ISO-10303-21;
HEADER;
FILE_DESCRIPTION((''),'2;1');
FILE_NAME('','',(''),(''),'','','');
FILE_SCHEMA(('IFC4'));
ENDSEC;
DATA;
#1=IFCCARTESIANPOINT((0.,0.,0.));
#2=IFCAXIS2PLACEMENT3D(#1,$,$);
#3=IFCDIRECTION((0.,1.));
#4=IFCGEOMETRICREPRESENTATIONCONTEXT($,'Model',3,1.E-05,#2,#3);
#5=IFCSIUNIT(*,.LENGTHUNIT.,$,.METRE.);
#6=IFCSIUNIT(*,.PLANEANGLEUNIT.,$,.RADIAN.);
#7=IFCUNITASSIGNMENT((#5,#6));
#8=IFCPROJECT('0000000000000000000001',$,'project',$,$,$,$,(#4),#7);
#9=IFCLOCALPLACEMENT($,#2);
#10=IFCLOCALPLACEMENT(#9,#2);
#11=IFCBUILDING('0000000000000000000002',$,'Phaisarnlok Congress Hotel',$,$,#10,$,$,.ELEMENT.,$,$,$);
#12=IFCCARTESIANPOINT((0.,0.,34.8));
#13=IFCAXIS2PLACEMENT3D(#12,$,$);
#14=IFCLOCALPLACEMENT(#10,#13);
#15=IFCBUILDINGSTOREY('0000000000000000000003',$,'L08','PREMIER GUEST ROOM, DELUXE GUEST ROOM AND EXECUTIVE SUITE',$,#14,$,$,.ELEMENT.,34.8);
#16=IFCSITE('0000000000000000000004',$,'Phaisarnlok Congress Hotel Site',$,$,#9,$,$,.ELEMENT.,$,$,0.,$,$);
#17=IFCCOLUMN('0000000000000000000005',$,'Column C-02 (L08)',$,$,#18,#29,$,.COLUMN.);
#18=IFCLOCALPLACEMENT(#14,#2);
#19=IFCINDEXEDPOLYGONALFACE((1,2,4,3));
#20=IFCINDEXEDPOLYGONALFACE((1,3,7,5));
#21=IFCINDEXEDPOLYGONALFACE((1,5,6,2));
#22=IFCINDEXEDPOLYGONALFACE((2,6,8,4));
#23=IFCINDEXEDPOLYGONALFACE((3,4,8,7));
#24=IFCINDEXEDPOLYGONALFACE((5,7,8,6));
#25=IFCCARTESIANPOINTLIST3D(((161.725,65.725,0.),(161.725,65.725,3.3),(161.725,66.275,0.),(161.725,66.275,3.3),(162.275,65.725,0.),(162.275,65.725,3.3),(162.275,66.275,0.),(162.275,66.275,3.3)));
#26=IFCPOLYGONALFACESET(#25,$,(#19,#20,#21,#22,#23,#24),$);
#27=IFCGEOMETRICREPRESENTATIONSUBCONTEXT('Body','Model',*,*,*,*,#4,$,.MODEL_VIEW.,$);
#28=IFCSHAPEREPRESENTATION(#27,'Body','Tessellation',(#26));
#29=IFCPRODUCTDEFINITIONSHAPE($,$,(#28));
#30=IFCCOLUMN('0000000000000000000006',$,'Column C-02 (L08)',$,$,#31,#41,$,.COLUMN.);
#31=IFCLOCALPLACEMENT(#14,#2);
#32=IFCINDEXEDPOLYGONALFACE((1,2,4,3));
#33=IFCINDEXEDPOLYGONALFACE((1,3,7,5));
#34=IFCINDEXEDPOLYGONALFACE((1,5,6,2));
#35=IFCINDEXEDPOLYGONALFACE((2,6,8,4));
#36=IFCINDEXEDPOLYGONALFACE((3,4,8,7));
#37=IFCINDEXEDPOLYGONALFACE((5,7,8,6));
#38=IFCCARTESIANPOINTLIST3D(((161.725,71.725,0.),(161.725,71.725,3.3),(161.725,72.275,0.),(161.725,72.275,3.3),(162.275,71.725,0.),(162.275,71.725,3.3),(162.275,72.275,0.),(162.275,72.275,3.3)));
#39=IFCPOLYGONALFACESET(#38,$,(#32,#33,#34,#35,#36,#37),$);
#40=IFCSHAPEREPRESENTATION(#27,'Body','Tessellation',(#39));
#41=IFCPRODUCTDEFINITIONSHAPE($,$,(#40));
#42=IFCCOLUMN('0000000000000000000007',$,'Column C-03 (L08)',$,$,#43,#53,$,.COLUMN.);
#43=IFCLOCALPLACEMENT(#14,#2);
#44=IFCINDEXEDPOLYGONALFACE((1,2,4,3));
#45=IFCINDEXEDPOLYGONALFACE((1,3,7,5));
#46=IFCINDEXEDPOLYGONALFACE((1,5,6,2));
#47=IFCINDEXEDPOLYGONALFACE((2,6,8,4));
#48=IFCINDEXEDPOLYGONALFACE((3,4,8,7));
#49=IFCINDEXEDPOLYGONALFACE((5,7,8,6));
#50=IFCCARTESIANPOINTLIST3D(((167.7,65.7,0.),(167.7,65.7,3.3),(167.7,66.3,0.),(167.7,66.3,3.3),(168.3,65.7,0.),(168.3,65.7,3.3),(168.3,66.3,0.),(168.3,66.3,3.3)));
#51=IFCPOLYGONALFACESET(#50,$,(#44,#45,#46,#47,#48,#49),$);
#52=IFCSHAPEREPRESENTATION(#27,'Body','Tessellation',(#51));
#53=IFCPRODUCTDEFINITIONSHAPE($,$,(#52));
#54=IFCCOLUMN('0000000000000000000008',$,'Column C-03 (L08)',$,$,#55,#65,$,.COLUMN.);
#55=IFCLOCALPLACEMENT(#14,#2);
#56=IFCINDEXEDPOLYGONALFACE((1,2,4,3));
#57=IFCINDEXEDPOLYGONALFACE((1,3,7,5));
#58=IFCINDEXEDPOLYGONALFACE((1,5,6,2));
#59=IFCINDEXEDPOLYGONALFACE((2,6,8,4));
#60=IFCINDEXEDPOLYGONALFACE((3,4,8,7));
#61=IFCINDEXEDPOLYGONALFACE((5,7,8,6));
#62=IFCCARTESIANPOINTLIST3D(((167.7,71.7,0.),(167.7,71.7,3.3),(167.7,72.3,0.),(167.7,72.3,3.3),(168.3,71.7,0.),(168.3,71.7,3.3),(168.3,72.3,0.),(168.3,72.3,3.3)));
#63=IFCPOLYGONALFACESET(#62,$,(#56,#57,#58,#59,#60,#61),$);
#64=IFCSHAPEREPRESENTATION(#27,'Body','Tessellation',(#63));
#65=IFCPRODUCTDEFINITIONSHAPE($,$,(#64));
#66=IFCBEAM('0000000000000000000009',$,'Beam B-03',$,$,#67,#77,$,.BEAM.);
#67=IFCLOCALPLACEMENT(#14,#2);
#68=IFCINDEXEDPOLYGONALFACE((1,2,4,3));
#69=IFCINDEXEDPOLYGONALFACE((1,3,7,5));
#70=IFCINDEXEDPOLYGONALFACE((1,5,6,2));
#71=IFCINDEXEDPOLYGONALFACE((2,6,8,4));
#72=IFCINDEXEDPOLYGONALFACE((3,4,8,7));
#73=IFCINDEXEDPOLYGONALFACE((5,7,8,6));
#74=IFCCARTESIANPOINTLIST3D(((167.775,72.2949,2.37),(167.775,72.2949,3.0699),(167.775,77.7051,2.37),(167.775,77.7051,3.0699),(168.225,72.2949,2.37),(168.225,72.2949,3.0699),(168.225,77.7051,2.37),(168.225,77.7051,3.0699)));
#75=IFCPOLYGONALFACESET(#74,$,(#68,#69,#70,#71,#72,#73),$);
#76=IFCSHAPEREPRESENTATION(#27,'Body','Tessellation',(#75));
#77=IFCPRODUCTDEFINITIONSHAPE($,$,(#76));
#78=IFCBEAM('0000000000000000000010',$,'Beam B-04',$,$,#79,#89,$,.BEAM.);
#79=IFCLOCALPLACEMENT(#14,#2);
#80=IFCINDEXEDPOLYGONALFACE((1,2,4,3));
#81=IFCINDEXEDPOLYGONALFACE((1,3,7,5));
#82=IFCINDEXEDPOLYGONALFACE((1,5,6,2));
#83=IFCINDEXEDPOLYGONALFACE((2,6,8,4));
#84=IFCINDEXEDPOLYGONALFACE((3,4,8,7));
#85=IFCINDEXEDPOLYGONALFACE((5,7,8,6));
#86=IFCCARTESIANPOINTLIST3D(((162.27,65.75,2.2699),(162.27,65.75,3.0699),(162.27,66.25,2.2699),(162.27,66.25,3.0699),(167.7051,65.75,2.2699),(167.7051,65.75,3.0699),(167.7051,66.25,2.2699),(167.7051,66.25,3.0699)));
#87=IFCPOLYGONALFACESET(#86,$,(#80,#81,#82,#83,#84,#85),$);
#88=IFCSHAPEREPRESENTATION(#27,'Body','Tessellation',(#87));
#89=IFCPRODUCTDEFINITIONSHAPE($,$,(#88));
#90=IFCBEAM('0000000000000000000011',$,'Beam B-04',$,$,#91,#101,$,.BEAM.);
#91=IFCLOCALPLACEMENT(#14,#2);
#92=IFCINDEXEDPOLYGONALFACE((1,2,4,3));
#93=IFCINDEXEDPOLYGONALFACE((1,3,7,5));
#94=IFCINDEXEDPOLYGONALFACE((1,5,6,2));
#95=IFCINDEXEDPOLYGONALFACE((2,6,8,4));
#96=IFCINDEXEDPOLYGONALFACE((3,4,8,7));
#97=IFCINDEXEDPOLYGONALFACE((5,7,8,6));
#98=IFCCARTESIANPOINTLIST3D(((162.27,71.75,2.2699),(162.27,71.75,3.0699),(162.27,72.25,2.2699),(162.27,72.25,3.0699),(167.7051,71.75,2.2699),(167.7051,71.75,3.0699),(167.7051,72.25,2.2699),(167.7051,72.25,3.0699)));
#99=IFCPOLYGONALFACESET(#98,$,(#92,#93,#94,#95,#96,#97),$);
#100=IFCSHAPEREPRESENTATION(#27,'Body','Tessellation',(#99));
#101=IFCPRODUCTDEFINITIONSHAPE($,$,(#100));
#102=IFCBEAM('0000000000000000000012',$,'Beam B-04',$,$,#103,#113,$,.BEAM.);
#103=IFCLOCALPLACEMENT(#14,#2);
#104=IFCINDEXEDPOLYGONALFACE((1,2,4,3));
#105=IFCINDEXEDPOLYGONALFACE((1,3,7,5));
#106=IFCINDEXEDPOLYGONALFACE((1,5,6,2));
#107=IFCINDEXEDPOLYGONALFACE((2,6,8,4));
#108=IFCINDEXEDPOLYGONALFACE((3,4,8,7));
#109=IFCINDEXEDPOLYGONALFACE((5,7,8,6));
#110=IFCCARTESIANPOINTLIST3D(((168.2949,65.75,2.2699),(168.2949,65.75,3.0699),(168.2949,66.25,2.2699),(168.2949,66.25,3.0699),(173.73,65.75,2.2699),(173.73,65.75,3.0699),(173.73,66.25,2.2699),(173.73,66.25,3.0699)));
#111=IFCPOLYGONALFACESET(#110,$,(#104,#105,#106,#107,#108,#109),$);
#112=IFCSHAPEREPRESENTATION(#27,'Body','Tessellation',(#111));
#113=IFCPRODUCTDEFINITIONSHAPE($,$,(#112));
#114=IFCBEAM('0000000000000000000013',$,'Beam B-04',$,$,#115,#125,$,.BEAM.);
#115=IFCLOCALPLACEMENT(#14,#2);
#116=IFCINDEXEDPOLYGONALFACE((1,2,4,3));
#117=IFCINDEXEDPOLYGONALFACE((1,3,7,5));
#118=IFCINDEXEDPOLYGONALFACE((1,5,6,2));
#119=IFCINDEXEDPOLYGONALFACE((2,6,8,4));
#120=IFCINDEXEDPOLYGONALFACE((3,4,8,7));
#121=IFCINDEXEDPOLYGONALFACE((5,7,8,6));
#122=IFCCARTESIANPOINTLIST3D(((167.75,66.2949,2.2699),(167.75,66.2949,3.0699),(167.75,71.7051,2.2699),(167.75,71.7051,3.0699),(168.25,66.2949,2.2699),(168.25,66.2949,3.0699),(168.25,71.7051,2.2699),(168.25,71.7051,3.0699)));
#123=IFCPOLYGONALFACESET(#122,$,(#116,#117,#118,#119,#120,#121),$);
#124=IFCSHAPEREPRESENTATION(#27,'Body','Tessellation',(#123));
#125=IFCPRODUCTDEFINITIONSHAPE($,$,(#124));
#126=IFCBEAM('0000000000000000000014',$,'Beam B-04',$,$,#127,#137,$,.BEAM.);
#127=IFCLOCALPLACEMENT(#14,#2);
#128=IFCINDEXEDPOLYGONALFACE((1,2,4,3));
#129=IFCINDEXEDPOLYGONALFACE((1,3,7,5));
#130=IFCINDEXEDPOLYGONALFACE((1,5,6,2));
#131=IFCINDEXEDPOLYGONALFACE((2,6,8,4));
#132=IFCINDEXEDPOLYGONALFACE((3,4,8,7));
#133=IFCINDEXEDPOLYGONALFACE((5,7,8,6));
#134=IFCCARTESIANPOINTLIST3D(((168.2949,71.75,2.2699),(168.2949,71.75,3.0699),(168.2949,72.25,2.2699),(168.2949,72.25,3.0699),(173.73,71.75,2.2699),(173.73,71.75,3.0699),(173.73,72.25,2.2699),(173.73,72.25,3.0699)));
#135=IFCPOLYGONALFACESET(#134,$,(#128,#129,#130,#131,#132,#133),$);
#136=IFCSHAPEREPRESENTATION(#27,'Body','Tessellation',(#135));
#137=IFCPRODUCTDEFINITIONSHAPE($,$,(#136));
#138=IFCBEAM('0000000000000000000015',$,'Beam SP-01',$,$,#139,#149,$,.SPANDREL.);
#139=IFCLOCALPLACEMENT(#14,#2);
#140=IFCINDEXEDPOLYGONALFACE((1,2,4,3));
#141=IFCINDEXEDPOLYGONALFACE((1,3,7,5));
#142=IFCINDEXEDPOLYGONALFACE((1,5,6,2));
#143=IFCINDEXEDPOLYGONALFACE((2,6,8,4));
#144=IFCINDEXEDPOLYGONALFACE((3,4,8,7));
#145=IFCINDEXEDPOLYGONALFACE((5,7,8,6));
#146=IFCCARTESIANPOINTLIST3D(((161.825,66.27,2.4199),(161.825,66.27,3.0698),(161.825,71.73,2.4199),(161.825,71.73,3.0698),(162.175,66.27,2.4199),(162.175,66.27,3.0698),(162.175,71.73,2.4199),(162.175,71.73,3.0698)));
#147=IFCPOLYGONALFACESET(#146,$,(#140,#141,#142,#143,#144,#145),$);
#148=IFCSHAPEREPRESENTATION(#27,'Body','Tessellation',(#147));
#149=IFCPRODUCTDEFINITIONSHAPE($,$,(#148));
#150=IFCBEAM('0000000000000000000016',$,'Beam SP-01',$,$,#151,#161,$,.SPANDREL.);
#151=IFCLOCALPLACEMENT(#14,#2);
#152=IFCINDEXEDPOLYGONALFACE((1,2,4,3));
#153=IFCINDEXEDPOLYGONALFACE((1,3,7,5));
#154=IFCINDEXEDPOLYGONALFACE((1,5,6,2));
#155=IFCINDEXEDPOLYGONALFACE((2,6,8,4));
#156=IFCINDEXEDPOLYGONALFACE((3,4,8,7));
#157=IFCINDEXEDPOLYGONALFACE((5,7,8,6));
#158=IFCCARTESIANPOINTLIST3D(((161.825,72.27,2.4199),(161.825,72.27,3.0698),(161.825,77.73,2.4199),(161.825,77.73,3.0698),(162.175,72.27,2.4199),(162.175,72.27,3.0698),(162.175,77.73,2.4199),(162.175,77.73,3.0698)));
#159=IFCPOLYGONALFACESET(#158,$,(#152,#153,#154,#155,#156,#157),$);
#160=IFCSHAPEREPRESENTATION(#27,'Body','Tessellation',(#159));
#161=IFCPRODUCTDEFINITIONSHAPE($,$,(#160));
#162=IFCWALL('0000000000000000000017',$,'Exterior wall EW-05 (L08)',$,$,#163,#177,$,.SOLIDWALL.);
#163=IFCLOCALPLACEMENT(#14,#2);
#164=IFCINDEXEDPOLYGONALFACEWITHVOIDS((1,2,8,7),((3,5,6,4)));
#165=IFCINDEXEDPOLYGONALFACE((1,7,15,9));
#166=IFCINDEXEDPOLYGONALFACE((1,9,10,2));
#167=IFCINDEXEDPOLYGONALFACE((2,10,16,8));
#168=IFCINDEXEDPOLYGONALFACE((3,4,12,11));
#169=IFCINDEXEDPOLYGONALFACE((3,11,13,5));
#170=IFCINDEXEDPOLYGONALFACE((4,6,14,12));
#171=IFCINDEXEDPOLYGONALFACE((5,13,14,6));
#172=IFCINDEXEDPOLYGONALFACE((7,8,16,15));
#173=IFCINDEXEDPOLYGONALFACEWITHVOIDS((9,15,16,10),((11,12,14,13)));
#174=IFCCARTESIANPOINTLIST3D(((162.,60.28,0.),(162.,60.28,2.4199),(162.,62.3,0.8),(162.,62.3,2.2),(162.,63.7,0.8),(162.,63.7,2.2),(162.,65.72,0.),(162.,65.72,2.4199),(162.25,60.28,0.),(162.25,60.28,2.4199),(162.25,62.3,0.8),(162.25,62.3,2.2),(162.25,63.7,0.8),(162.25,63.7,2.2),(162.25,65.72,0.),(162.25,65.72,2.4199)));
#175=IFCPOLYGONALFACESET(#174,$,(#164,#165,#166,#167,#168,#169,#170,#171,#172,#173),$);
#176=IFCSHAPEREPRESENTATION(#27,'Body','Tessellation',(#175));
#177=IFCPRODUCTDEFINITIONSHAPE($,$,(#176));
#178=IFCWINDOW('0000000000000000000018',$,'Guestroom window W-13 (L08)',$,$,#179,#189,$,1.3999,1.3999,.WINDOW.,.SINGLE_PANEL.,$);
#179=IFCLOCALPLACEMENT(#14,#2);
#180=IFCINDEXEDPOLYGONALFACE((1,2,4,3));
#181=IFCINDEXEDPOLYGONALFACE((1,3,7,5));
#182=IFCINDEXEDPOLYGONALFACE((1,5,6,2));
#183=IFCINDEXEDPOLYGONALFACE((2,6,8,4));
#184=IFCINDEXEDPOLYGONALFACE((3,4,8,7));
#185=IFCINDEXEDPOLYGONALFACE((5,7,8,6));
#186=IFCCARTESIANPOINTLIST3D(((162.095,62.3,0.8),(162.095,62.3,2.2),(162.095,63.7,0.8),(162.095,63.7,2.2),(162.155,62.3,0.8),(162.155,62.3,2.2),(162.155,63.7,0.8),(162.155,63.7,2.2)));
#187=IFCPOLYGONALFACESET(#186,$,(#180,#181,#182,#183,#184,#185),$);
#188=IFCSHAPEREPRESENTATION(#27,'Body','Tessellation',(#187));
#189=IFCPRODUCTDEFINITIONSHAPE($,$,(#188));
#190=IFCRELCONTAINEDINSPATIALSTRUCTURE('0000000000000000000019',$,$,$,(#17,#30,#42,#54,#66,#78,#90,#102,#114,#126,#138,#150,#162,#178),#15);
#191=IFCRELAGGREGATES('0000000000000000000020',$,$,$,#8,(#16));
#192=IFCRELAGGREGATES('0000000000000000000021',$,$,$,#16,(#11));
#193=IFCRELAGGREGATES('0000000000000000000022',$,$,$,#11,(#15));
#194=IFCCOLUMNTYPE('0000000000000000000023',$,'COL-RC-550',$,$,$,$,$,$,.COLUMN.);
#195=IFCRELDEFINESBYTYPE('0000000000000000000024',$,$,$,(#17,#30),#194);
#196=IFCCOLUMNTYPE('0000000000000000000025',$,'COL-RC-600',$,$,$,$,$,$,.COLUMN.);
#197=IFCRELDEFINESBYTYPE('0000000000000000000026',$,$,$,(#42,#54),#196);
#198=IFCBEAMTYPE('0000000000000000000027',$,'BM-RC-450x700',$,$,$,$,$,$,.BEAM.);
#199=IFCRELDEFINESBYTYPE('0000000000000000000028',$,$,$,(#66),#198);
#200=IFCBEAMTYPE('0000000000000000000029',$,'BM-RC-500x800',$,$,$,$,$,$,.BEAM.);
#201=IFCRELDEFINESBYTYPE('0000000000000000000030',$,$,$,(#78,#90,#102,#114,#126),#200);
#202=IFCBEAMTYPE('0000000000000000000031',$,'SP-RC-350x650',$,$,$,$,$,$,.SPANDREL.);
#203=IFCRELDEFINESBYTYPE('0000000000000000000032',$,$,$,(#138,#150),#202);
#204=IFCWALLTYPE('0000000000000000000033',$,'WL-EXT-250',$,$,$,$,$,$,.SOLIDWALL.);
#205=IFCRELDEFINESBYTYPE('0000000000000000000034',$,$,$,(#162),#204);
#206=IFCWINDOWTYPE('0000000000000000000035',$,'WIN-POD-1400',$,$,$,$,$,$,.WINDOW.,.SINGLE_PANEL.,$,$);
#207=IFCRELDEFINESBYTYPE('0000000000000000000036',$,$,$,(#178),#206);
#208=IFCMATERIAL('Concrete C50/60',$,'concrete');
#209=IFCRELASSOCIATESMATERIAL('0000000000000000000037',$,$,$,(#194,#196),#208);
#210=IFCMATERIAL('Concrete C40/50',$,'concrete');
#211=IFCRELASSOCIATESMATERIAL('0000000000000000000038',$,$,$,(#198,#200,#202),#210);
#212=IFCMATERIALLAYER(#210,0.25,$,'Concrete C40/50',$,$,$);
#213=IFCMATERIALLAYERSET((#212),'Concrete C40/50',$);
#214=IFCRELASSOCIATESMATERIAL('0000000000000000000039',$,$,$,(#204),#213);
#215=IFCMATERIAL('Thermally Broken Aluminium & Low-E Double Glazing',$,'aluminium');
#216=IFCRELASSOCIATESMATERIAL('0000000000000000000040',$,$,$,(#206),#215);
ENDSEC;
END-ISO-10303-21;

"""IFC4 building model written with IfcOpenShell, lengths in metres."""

from ifc_helpers import new_model, si_unit, direction, frame, frame_2d, origin, origin_2d, place, context, subcontext, project, spatial, rectangle, extrude, material, layer, layer_set, material_profile, profile_set, type_object, element, fill, save


model = new_model("IFC4")

# Units and contexts
model_context = context("Model", 3, precision=1e-05, world=origin(), true_north=direction((0.0, 1.0)))
body_context = subcontext(model_context, "Body", "Model", "MODEL_VIEW")
ifc_project = project(units=[si_unit("LENGTHUNIT", "METRE"), si_unit("PLANEANGLEUNIT", "RADIAN")], contexts=[model_context])

# Site, building, storey
site_placement = place(None, origin())
site = spatial("IfcSite", under=ifc_project, at=site_placement, Name="Phaisarnlok Congress Hotel Site", CompositionType="ELEMENT", RefElevation=0.0)
building_placement = place(site_placement, origin())
building = spatial("IfcBuilding", under=site, at=building_placement, Name="Phaisarnlok Congress Hotel", CompositionType="ELEMENT")
storey_placement = place(building_placement, frame((0.0, 0.0, 34.8)))
storey = spatial("IfcBuildingStorey", under=building, at=storey_placement, Name="L08", Description="PREMIER GUEST ROOM, DELUXE GUEST ROOM AND EXECUTIVE SUITE", CompositionType="ELEMENT", Elevation=34.8)

# Columns
ifc_material_1 = material(Name="Concrete C50/60", Category="concrete")
ifc_material_profile_1 = material_profile(ifc_material_1, rectangle(XDim=0.55, YDim=0.55, at=origin_2d()), Name="RC 550x550")
ifc_profile_set_1 = profile_set([ifc_material_profile_1], Name="Concrete C50/60")
column_type_1 = type_object("IfcColumnType", Name="COL-RC-550", PredefinedType="COLUMN", material=ifc_profile_set_1)
for number, where, z_axis, x_axis, name in (
    (1, (162.0, 66.0, 0.0), (0.0, 0.0, 1.0), (1.0, 0.0, 0.0), "Column C-02 (L08)"),
    (2, (162.0, 72.0, 0.0), (0.0, 0.0, 1.0), (1.0, 0.0, 0.0), "Column C-02 (L08)"),
):
    element("IfcColumn", number, at=place(storey_placement, frame(where, z_axis=z_axis, x_axis=x_axis)), inside=storey, type_object=column_type_1, Name=name, PredefinedType="COLUMN", context=body_context, shape_type="SweptSolid", body=[
        extrude(rectangle(XDim=0.55, YDim=0.55, at=origin_2d()), origin(), (0.0, 0.0, 1.0), 3.3),
    ])
ifc_material_profile_2 = material_profile(ifc_material_1, rectangle(XDim=0.6001, YDim=0.6001, at=origin_2d()), Name="RC 600x600")
ifc_profile_set_2 = profile_set([ifc_material_profile_2], Name="Concrete C50/60")
column_type_2 = type_object("IfcColumnType", Name="COL-RC-600", PredefinedType="COLUMN", material=ifc_profile_set_2)
for number, where, z_axis, x_axis, name in (
    (3, (168.0, 66.0, 0.0), (0.0, 0.0, 1.0), (1.0, 0.0, 0.0), "Column C-03 (L08)"),
    (4, (168.0, 72.0, 0.0), (0.0, 0.0, 1.0), (1.0, 0.0, 0.0), "Column C-03 (L08)"),
):
    element("IfcColumn", number, at=place(storey_placement, frame(where, z_axis=z_axis, x_axis=x_axis)), inside=storey, type_object=column_type_2, Name=name, PredefinedType="COLUMN", context=body_context, shape_type="SweptSolid", body=[
        extrude(rectangle(XDim=0.6001, YDim=0.6001, at=origin_2d()), origin(), (0.0, 0.0, 1.0), 3.3),
    ])

# Beams
ifc_material_2 = material(Name="Concrete C40/50", Category="concrete")
ifc_material_profile_3 = material_profile(ifc_material_2, rectangle(XDim=0.45, YDim=0.7, at=origin_2d()), Name="RC 450x700")
ifc_profile_set_3 = profile_set([ifc_material_profile_3], Name="Concrete C40/50")
beam_type_1 = type_object("IfcBeamType", Name="BM-RC-450x700", PredefinedType="BEAM", material=ifc_profile_set_3)
beam_1_placement = place(storey_placement, frame((168.0, 72.2949, 2.72), z_axis=(0.0, 1.0, 0.0), x_axis=(-1.0, 0.0, 0.0)))
element("IfcBeam", 5, at=beam_1_placement, inside=storey, type_object=beam_type_1, Name="Beam B-03", PredefinedType="BEAM", context=body_context, shape_type="SweptSolid", body=[
    extrude(rectangle(XDim=0.45, YDim=0.7, at=origin_2d()), origin(), (0.0, 0.0, 1.0), 5.4102),
])
ifc_material_profile_4 = material_profile(ifc_material_2, rectangle(XDim=0.5, YDim=0.8, at=origin_2d()), Name="RC 500x800")
ifc_profile_set_4 = profile_set([ifc_material_profile_4], Name="Concrete C40/50")
beam_type_2 = type_object("IfcBeamType", Name="BM-RC-500x800", PredefinedType="BEAM", material=ifc_profile_set_4)
for number, where, z_axis, x_axis, name in (
    (6, (162.27, 66.0, 2.6699), (1.0, 0.0, 0.0), (0.0, 1.0, 0.0), "Beam B-04"),
    (7, (162.27, 72.0, 2.6699), (1.0, 0.0, 0.0), (0.0, 1.0, 0.0), "Beam B-04"),
    (8, (168.2949, 66.0, 2.6699), (1.0, 0.0, 0.0), (0.0, 1.0, 0.0), "Beam B-04"),
):
    element("IfcBeam", number, at=place(storey_placement, frame(where, z_axis=z_axis, x_axis=x_axis)), inside=storey, type_object=beam_type_2, Name=name, PredefinedType="BEAM", context=body_context, shape_type="SweptSolid", body=[
        extrude(rectangle(XDim=0.5, YDim=0.8, at=origin_2d()), origin(), (0.0, 0.0, 1.0), 5.4351),
    ])
beam_2_placement = place(storey_placement, frame((168.0, 66.2949, 2.6699), z_axis=(0.0, 1.0, 0.0), x_axis=(-1.0, 0.0, 0.0)))
element("IfcBeam", 9, at=beam_2_placement, inside=storey, type_object=beam_type_2, Name="Beam B-04", PredefinedType="BEAM", context=body_context, shape_type="SweptSolid", body=[
    extrude(rectangle(XDim=0.5, YDim=0.8, at=origin_2d()), origin(), (0.0, 0.0, 1.0), 5.4102),
])
beam_3_placement = place(storey_placement, frame((168.2949, 72.0, 2.6699), z_axis=(1.0, 0.0, 0.0), x_axis=(0.0, 1.0, 0.0)))
element("IfcBeam", 10, at=beam_3_placement, inside=storey, type_object=beam_type_2, Name="Beam B-04", PredefinedType="BEAM", context=body_context, shape_type="SweptSolid", body=[
    extrude(rectangle(XDim=0.5, YDim=0.8, at=origin_2d()), origin(), (0.0, 0.0, 1.0), 5.4351),
])
ifc_material_profile_5 = material_profile(ifc_material_2, rectangle(XDim=0.3501, YDim=0.6499, at=origin_2d()), Name="RC 350x650")
ifc_profile_set_5 = profile_set([ifc_material_profile_5], Name="Concrete C40/50")
beam_type_3 = type_object("IfcBeamType", Name="SP-RC-350x650", PredefinedType="SPANDREL", material=ifc_profile_set_5)
for number, where, z_axis, x_axis, name in (
    (11, (162.0, 66.27, 2.7449), (0.0, 1.0, 0.0), (-1.0, 0.0, 0.0), "Beam SP-01"),
    (12, (162.0, 72.27, 2.7449), (0.0, 1.0, 0.0), (-1.0, 0.0, 0.0), "Beam SP-01"),
):
    element("IfcBeam", number, at=place(storey_placement, frame(where, z_axis=z_axis, x_axis=x_axis)), inside=storey, type_object=beam_type_3, Name=name, PredefinedType="SPANDREL", context=body_context, shape_type="SweptSolid", body=[
        extrude(rectangle(XDim=0.3501, YDim=0.6499, at=origin_2d()), origin(), (0.0, 0.0, 1.0), 5.46),
    ])

# Wall, opening, window
ifc_layer_1 = layer(ifc_material_2, 0.25, Name="Concrete C40/50")
ifc_layer_set_1 = layer_set([ifc_layer_1], Name="Concrete C40/50")
wall_type_1 = type_object("IfcWallType", Name="WL-EXT-250", PredefinedType="SOLIDWALL", material=ifc_layer_set_1)
wall_1_placement = place(storey_placement, frame((162.125, 65.72, 0.0), z_axis=(0.0, 0.0, 1.0), x_axis=(0.0, -1.0, 0.0)))
wall_1 = element("IfcWall", 13, at=wall_1_placement, inside=storey, type_object=wall_type_1, Name="Exterior wall EW-05 (L08)", PredefinedType="SOLIDWALL", context=body_context, shape_type="SweptSolid", body=[
    extrude(rectangle(XDim=5.4399, YDim=0.25, at=frame_2d((2.72, 0.0))), origin(), (0.0, 0.0, 1.0), 2.4199),
])
opening_1_placement = place(wall_1_placement, frame((2.02, 0.0, 0.8)))
opening_1 = element("IfcOpeningElement", 14, at=opening_1_placement, cuts=wall_1, PredefinedType="OPENING", context=body_context, shape_type="SweptSolid", body=[
    extrude(rectangle(XDim=1.3999, YDim=1.3999, at=frame_2d((0.7, 0.7))), frame((0.0, 0.135, 0.0), z_axis=(0.0, -1.0, 0.0), x_axis=(1.0, 0.0, 0.0)), (0.0, 0.0, 1.0), 0.27),
])
ifc_material_3 = material(Name="Thermally Broken Aluminium & Low-E Double Glazing", Category="aluminium")
window_type = type_object("IfcWindowType", Name="WIN-POD-1400", PartitioningType="SINGLE_PANEL", PredefinedType="WINDOW", material=ifc_material_3)
window_1_placement = place(opening_1_placement, origin())
window_1 = element("IfcWindow", 15, at=window_1_placement, inside=storey, type_object=window_type, Name="Guestroom window W-13 (L08)", OverallHeight=1.3999, OverallWidth=1.3999, PartitioningType="SINGLE_PANEL", PredefinedType="WINDOW", context=body_context, shape_type="SweptSolid", body=[
    extrude(rectangle(XDim=1.3999, YDim=1.3999, at=frame_2d((0.7, 0.7))), frame((0.0, 0.03, 0.0), z_axis=(0.0, -1.0, 0.0), x_axis=(1.0, 0.0, 0.0)), (0.0, 0.0, 1.0), 0.0601),
])
fill(opening_1, window_1)

save(model, "model.ifc")
